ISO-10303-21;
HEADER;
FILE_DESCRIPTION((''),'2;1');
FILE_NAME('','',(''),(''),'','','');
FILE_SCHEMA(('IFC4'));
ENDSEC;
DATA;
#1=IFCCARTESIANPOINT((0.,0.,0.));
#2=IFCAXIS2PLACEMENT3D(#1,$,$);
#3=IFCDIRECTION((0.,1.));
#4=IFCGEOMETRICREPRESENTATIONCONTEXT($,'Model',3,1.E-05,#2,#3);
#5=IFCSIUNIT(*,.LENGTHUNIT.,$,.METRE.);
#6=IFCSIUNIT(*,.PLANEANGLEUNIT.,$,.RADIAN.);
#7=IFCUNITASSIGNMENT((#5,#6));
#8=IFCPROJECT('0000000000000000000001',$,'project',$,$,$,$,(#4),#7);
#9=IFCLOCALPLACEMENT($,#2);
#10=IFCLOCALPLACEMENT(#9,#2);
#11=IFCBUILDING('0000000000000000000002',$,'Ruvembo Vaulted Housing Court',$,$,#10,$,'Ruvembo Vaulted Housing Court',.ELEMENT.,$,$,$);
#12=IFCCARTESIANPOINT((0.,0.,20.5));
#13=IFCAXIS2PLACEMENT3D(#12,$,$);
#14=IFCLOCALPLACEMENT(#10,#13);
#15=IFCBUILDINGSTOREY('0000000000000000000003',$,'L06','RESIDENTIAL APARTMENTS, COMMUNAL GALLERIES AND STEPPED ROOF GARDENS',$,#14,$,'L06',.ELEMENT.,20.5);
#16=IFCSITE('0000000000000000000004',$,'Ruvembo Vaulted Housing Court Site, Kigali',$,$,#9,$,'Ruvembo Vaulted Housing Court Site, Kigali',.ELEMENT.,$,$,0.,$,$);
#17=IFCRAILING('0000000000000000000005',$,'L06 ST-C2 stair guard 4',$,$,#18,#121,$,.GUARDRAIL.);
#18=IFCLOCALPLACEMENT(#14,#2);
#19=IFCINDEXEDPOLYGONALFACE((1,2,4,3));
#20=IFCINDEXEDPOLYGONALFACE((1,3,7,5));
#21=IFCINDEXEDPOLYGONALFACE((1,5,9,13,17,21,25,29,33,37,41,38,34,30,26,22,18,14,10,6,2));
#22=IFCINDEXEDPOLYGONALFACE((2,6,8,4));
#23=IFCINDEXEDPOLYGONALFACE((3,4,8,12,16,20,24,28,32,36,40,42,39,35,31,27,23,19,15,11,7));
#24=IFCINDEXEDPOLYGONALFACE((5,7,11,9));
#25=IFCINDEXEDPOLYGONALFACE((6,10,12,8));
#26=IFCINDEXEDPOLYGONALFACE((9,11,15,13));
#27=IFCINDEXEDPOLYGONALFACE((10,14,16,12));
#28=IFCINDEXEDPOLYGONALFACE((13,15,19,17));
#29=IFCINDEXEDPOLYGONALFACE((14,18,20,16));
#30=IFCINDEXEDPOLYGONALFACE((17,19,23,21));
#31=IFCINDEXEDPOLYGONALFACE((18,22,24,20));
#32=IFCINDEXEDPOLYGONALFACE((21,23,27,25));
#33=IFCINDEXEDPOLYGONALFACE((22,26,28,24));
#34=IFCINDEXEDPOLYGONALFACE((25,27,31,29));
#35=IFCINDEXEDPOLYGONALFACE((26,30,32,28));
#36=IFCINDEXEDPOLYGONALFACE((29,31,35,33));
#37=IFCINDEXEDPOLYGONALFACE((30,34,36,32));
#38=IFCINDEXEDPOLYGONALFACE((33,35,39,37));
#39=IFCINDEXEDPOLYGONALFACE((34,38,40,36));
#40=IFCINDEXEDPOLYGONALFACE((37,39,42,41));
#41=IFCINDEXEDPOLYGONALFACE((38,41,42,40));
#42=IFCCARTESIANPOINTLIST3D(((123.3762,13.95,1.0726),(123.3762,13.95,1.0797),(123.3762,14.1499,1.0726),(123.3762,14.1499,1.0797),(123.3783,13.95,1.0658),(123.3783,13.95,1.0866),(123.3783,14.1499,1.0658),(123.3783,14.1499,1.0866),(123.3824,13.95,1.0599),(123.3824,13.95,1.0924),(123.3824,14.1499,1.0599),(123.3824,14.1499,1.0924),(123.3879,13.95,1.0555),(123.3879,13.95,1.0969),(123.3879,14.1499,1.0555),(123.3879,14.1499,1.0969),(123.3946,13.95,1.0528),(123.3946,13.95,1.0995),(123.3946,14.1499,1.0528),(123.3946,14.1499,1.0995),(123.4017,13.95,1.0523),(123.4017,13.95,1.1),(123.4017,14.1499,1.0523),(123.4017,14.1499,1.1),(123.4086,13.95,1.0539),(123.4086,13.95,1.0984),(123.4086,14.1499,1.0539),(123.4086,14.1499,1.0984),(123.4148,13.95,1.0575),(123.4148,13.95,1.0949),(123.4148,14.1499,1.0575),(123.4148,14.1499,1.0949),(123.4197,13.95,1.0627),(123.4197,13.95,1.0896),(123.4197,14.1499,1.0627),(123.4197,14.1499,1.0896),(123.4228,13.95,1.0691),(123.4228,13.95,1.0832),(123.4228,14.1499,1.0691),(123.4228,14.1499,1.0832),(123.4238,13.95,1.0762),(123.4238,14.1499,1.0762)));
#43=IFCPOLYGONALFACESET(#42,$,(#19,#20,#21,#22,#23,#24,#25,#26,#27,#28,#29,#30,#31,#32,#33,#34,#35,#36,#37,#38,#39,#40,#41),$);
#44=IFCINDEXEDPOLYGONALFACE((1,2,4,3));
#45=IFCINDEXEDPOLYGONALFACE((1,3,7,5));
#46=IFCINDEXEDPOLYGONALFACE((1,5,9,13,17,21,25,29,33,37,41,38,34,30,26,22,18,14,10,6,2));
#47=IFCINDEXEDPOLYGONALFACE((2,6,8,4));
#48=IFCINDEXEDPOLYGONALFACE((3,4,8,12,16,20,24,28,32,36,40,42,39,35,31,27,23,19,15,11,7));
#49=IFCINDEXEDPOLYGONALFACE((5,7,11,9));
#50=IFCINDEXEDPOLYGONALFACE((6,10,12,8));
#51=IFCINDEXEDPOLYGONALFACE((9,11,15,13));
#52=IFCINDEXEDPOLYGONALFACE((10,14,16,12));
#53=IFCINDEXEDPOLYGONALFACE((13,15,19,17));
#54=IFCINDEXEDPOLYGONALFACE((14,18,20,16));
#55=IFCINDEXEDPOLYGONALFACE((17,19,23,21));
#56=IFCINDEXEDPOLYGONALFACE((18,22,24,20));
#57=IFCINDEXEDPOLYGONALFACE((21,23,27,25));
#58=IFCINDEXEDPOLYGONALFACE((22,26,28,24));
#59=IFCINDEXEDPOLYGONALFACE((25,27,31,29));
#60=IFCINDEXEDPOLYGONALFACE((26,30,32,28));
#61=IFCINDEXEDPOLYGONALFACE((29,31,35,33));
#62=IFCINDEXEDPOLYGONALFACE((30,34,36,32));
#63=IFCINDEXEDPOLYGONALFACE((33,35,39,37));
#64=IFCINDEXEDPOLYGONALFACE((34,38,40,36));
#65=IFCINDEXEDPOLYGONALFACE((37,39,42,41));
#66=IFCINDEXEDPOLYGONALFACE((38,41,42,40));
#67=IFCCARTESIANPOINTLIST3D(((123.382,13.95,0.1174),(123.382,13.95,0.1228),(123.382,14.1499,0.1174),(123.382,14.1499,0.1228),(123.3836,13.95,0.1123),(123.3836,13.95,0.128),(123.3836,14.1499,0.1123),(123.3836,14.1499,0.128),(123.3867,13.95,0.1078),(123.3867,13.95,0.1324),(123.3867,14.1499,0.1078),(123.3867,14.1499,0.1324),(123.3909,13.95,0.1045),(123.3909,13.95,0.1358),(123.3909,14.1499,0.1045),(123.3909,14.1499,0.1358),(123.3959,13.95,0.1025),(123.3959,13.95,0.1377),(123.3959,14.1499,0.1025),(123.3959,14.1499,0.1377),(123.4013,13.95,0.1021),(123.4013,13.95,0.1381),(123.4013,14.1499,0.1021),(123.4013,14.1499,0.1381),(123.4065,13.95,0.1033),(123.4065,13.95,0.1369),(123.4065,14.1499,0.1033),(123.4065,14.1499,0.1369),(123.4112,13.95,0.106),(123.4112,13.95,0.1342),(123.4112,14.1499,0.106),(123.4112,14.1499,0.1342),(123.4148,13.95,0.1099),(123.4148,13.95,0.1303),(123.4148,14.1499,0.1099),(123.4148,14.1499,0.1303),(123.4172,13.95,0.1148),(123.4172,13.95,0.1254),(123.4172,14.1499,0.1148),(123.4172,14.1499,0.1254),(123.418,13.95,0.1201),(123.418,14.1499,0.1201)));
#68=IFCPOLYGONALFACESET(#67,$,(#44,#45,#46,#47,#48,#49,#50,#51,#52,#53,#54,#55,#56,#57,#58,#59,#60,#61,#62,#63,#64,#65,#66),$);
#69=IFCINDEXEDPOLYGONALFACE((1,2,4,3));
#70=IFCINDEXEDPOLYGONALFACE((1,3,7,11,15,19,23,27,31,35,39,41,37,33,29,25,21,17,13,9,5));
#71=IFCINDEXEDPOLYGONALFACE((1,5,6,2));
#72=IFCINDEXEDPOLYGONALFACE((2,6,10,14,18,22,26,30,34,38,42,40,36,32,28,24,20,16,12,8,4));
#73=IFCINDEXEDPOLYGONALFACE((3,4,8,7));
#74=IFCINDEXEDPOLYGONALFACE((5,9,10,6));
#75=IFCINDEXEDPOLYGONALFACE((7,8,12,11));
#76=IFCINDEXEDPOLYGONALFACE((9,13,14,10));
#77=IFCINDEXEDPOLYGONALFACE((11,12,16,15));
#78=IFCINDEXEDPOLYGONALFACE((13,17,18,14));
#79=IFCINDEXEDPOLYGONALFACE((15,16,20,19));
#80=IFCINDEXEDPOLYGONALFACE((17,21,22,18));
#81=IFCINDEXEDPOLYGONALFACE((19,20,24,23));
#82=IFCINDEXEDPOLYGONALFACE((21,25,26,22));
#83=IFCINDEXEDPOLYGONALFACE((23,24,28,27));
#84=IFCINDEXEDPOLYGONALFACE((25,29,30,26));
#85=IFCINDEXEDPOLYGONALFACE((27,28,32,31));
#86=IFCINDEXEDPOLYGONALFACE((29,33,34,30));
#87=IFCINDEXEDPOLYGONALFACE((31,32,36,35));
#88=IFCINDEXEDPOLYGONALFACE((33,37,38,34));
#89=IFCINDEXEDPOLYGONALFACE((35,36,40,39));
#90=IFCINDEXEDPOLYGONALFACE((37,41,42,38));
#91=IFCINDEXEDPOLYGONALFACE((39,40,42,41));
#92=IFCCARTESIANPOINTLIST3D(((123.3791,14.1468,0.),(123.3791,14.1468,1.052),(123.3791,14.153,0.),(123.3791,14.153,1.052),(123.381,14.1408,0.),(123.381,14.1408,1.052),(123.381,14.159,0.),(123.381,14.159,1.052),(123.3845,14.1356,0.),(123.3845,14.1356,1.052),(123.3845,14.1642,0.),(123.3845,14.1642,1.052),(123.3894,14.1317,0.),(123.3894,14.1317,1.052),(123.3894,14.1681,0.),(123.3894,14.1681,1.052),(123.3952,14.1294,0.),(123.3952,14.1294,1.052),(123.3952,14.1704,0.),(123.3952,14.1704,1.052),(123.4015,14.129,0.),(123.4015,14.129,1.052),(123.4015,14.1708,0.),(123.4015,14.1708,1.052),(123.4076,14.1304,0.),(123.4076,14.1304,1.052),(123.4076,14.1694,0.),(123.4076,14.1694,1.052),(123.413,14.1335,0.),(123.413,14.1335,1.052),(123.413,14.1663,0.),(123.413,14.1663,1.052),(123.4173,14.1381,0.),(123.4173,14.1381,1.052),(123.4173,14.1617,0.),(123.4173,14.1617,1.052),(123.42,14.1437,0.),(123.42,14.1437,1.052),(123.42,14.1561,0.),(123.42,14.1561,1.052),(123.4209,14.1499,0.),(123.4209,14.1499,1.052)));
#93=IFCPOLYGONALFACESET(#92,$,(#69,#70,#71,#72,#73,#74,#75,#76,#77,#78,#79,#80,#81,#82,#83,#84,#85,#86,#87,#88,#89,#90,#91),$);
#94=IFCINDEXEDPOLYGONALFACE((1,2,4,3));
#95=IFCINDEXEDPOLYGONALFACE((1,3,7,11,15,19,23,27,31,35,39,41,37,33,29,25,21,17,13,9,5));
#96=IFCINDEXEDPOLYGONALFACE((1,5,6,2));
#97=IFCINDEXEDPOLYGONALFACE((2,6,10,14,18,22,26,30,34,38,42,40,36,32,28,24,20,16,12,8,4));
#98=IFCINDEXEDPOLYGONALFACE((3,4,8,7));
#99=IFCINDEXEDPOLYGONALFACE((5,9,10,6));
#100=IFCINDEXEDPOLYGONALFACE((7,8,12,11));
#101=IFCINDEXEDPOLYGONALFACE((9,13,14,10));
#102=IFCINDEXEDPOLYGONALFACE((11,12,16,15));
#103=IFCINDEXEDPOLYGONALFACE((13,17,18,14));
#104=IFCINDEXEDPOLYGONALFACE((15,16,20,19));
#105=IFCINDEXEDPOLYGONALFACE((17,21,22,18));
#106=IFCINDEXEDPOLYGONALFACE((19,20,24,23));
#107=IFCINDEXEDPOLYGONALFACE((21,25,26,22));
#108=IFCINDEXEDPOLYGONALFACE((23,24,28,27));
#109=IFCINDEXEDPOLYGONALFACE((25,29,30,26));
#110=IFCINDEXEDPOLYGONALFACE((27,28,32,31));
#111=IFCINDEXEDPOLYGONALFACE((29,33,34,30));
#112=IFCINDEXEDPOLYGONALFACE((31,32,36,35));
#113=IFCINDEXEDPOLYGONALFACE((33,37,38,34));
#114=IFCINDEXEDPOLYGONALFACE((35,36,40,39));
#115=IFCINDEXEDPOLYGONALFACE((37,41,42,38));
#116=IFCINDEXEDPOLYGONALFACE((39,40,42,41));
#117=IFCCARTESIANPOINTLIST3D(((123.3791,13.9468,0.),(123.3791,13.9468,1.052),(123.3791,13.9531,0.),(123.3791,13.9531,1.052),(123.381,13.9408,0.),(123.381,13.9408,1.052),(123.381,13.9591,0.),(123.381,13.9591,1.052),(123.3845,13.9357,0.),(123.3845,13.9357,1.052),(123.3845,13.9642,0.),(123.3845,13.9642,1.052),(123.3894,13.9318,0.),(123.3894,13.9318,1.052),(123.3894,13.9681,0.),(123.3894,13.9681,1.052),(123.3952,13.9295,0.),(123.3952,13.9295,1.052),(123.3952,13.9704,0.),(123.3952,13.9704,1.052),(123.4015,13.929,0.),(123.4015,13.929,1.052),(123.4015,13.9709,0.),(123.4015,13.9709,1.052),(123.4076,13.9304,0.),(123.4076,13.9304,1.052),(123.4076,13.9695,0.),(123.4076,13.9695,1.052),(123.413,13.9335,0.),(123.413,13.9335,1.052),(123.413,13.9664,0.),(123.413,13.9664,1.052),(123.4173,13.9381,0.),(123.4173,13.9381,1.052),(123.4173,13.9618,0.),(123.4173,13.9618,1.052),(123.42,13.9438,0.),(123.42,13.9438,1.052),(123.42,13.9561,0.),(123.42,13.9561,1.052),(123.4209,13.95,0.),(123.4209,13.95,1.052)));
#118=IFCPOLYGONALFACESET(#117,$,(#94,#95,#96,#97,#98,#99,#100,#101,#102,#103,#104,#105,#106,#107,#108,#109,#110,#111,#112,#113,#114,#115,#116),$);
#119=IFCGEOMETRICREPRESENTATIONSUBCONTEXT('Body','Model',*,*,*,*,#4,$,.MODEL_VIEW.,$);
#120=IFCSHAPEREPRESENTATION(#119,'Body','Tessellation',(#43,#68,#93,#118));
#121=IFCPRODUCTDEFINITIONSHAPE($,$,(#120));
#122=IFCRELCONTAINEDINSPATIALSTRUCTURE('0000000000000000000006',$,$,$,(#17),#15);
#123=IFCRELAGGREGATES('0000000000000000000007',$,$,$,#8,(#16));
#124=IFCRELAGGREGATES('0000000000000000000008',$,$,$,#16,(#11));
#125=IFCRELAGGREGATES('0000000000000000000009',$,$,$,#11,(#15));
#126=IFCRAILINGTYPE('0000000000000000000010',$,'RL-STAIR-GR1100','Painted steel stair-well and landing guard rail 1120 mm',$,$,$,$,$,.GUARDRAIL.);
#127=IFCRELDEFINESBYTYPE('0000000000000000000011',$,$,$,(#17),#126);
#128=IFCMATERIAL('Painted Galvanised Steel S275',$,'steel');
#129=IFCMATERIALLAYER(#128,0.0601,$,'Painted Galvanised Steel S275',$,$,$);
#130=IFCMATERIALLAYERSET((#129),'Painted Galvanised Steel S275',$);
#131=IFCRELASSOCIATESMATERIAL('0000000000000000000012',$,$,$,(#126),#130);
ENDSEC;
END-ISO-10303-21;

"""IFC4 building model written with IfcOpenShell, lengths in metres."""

from ifc_helpers import new_model, si_unit, direction, frame, origin, origin_2d, place, context, subcontext, project, spatial, circle, extrude, material, layer, layer_set, type_object, element, save


model = new_model("IFC4")

# Units and contexts
model_context = context("Model", 3, precision=1e-05, world=origin(), true_north=direction((0.0, 1.0)))
body_context = subcontext(model_context, "Body", "Model", "MODEL_VIEW")
ifc_project = project(units=[si_unit("LENGTHUNIT", "METRE"), si_unit("PLANEANGLEUNIT", "RADIAN")], contexts=[model_context])

# Site, building, storey
site_placement = place(None, origin())
site = spatial("IfcSite", under=ifc_project, at=site_placement, Name="Ruvembo Vaulted Housing Court Site, Kigali", LongName="Ruvembo Vaulted Housing Court Site, Kigali", CompositionType="ELEMENT", RefElevation=0.0)
building_placement = place(site_placement, origin())
building = spatial("IfcBuilding", under=site, at=building_placement, Name="Ruvembo Vaulted Housing Court", LongName="Ruvembo Vaulted Housing Court", CompositionType="ELEMENT")
storey_placement = place(building_placement, frame((0.0, 0.0, 20.5)))
storey = spatial("IfcBuildingStorey", under=building, at=storey_placement, Name="L06", Description="RESIDENTIAL APARTMENTS, COMMUNAL GALLERIES AND STEPPED ROOF GARDENS", LongName="L06", CompositionType="ELEMENT", Elevation=20.5)

# Railing
ifc_material_1 = material(Name="Painted Galvanised Steel S275", Category="steel")
ifc_layer_1 = layer(ifc_material_1, 0.0601, Name="Painted Galvanised Steel S275")
ifc_layer_set_1 = layer_set([ifc_layer_1], Name="Painted Galvanised Steel S275")
railing_type_1 = type_object("IfcRailingType", Name="RL-STAIR-GR1100", Description="Painted steel stair-well and landing guard rail 1120 mm", PredefinedType="GUARDRAIL", material=ifc_layer_set_1)
railing_1_placement = place(storey_placement, frame((123.3999, 14.1499, 0.0)))
element("IfcRailing", 1, at=railing_1_placement, inside=storey, type_object=railing_type_1, Name="L06 ST-C2 stair guard 4", PredefinedType="GUARDRAIL", context=body_context, shape_type="SweptSolid", body=[
    extrude(circle(Radius=0.0239, at=origin_2d()), frame((0.0, 0.0, 1.0762), z_axis=(0.0, -1.0, 0.0), x_axis=(1.0, 0.0, 0.0)), (0.0, 0.0, 1.0), 0.2),
    extrude(circle(Radius=0.0181, at=origin_2d()), frame((0.0, 0.0, 0.1201), z_axis=(0.0, -1.0, 0.0), x_axis=(1.0, 0.0, 0.0)), (0.0, 0.0, 1.0), 0.2),
    extrude(circle(Radius=0.021, at=origin_2d()), origin(), (0.0, 0.0, 1.0), 1.052),
    extrude(circle(Radius=0.021, at=origin_2d()), frame((0.0, -0.2, 0.0)), (0.0, 0.0, 1.0), 1.052),
])

save(model, "model.ifc")
